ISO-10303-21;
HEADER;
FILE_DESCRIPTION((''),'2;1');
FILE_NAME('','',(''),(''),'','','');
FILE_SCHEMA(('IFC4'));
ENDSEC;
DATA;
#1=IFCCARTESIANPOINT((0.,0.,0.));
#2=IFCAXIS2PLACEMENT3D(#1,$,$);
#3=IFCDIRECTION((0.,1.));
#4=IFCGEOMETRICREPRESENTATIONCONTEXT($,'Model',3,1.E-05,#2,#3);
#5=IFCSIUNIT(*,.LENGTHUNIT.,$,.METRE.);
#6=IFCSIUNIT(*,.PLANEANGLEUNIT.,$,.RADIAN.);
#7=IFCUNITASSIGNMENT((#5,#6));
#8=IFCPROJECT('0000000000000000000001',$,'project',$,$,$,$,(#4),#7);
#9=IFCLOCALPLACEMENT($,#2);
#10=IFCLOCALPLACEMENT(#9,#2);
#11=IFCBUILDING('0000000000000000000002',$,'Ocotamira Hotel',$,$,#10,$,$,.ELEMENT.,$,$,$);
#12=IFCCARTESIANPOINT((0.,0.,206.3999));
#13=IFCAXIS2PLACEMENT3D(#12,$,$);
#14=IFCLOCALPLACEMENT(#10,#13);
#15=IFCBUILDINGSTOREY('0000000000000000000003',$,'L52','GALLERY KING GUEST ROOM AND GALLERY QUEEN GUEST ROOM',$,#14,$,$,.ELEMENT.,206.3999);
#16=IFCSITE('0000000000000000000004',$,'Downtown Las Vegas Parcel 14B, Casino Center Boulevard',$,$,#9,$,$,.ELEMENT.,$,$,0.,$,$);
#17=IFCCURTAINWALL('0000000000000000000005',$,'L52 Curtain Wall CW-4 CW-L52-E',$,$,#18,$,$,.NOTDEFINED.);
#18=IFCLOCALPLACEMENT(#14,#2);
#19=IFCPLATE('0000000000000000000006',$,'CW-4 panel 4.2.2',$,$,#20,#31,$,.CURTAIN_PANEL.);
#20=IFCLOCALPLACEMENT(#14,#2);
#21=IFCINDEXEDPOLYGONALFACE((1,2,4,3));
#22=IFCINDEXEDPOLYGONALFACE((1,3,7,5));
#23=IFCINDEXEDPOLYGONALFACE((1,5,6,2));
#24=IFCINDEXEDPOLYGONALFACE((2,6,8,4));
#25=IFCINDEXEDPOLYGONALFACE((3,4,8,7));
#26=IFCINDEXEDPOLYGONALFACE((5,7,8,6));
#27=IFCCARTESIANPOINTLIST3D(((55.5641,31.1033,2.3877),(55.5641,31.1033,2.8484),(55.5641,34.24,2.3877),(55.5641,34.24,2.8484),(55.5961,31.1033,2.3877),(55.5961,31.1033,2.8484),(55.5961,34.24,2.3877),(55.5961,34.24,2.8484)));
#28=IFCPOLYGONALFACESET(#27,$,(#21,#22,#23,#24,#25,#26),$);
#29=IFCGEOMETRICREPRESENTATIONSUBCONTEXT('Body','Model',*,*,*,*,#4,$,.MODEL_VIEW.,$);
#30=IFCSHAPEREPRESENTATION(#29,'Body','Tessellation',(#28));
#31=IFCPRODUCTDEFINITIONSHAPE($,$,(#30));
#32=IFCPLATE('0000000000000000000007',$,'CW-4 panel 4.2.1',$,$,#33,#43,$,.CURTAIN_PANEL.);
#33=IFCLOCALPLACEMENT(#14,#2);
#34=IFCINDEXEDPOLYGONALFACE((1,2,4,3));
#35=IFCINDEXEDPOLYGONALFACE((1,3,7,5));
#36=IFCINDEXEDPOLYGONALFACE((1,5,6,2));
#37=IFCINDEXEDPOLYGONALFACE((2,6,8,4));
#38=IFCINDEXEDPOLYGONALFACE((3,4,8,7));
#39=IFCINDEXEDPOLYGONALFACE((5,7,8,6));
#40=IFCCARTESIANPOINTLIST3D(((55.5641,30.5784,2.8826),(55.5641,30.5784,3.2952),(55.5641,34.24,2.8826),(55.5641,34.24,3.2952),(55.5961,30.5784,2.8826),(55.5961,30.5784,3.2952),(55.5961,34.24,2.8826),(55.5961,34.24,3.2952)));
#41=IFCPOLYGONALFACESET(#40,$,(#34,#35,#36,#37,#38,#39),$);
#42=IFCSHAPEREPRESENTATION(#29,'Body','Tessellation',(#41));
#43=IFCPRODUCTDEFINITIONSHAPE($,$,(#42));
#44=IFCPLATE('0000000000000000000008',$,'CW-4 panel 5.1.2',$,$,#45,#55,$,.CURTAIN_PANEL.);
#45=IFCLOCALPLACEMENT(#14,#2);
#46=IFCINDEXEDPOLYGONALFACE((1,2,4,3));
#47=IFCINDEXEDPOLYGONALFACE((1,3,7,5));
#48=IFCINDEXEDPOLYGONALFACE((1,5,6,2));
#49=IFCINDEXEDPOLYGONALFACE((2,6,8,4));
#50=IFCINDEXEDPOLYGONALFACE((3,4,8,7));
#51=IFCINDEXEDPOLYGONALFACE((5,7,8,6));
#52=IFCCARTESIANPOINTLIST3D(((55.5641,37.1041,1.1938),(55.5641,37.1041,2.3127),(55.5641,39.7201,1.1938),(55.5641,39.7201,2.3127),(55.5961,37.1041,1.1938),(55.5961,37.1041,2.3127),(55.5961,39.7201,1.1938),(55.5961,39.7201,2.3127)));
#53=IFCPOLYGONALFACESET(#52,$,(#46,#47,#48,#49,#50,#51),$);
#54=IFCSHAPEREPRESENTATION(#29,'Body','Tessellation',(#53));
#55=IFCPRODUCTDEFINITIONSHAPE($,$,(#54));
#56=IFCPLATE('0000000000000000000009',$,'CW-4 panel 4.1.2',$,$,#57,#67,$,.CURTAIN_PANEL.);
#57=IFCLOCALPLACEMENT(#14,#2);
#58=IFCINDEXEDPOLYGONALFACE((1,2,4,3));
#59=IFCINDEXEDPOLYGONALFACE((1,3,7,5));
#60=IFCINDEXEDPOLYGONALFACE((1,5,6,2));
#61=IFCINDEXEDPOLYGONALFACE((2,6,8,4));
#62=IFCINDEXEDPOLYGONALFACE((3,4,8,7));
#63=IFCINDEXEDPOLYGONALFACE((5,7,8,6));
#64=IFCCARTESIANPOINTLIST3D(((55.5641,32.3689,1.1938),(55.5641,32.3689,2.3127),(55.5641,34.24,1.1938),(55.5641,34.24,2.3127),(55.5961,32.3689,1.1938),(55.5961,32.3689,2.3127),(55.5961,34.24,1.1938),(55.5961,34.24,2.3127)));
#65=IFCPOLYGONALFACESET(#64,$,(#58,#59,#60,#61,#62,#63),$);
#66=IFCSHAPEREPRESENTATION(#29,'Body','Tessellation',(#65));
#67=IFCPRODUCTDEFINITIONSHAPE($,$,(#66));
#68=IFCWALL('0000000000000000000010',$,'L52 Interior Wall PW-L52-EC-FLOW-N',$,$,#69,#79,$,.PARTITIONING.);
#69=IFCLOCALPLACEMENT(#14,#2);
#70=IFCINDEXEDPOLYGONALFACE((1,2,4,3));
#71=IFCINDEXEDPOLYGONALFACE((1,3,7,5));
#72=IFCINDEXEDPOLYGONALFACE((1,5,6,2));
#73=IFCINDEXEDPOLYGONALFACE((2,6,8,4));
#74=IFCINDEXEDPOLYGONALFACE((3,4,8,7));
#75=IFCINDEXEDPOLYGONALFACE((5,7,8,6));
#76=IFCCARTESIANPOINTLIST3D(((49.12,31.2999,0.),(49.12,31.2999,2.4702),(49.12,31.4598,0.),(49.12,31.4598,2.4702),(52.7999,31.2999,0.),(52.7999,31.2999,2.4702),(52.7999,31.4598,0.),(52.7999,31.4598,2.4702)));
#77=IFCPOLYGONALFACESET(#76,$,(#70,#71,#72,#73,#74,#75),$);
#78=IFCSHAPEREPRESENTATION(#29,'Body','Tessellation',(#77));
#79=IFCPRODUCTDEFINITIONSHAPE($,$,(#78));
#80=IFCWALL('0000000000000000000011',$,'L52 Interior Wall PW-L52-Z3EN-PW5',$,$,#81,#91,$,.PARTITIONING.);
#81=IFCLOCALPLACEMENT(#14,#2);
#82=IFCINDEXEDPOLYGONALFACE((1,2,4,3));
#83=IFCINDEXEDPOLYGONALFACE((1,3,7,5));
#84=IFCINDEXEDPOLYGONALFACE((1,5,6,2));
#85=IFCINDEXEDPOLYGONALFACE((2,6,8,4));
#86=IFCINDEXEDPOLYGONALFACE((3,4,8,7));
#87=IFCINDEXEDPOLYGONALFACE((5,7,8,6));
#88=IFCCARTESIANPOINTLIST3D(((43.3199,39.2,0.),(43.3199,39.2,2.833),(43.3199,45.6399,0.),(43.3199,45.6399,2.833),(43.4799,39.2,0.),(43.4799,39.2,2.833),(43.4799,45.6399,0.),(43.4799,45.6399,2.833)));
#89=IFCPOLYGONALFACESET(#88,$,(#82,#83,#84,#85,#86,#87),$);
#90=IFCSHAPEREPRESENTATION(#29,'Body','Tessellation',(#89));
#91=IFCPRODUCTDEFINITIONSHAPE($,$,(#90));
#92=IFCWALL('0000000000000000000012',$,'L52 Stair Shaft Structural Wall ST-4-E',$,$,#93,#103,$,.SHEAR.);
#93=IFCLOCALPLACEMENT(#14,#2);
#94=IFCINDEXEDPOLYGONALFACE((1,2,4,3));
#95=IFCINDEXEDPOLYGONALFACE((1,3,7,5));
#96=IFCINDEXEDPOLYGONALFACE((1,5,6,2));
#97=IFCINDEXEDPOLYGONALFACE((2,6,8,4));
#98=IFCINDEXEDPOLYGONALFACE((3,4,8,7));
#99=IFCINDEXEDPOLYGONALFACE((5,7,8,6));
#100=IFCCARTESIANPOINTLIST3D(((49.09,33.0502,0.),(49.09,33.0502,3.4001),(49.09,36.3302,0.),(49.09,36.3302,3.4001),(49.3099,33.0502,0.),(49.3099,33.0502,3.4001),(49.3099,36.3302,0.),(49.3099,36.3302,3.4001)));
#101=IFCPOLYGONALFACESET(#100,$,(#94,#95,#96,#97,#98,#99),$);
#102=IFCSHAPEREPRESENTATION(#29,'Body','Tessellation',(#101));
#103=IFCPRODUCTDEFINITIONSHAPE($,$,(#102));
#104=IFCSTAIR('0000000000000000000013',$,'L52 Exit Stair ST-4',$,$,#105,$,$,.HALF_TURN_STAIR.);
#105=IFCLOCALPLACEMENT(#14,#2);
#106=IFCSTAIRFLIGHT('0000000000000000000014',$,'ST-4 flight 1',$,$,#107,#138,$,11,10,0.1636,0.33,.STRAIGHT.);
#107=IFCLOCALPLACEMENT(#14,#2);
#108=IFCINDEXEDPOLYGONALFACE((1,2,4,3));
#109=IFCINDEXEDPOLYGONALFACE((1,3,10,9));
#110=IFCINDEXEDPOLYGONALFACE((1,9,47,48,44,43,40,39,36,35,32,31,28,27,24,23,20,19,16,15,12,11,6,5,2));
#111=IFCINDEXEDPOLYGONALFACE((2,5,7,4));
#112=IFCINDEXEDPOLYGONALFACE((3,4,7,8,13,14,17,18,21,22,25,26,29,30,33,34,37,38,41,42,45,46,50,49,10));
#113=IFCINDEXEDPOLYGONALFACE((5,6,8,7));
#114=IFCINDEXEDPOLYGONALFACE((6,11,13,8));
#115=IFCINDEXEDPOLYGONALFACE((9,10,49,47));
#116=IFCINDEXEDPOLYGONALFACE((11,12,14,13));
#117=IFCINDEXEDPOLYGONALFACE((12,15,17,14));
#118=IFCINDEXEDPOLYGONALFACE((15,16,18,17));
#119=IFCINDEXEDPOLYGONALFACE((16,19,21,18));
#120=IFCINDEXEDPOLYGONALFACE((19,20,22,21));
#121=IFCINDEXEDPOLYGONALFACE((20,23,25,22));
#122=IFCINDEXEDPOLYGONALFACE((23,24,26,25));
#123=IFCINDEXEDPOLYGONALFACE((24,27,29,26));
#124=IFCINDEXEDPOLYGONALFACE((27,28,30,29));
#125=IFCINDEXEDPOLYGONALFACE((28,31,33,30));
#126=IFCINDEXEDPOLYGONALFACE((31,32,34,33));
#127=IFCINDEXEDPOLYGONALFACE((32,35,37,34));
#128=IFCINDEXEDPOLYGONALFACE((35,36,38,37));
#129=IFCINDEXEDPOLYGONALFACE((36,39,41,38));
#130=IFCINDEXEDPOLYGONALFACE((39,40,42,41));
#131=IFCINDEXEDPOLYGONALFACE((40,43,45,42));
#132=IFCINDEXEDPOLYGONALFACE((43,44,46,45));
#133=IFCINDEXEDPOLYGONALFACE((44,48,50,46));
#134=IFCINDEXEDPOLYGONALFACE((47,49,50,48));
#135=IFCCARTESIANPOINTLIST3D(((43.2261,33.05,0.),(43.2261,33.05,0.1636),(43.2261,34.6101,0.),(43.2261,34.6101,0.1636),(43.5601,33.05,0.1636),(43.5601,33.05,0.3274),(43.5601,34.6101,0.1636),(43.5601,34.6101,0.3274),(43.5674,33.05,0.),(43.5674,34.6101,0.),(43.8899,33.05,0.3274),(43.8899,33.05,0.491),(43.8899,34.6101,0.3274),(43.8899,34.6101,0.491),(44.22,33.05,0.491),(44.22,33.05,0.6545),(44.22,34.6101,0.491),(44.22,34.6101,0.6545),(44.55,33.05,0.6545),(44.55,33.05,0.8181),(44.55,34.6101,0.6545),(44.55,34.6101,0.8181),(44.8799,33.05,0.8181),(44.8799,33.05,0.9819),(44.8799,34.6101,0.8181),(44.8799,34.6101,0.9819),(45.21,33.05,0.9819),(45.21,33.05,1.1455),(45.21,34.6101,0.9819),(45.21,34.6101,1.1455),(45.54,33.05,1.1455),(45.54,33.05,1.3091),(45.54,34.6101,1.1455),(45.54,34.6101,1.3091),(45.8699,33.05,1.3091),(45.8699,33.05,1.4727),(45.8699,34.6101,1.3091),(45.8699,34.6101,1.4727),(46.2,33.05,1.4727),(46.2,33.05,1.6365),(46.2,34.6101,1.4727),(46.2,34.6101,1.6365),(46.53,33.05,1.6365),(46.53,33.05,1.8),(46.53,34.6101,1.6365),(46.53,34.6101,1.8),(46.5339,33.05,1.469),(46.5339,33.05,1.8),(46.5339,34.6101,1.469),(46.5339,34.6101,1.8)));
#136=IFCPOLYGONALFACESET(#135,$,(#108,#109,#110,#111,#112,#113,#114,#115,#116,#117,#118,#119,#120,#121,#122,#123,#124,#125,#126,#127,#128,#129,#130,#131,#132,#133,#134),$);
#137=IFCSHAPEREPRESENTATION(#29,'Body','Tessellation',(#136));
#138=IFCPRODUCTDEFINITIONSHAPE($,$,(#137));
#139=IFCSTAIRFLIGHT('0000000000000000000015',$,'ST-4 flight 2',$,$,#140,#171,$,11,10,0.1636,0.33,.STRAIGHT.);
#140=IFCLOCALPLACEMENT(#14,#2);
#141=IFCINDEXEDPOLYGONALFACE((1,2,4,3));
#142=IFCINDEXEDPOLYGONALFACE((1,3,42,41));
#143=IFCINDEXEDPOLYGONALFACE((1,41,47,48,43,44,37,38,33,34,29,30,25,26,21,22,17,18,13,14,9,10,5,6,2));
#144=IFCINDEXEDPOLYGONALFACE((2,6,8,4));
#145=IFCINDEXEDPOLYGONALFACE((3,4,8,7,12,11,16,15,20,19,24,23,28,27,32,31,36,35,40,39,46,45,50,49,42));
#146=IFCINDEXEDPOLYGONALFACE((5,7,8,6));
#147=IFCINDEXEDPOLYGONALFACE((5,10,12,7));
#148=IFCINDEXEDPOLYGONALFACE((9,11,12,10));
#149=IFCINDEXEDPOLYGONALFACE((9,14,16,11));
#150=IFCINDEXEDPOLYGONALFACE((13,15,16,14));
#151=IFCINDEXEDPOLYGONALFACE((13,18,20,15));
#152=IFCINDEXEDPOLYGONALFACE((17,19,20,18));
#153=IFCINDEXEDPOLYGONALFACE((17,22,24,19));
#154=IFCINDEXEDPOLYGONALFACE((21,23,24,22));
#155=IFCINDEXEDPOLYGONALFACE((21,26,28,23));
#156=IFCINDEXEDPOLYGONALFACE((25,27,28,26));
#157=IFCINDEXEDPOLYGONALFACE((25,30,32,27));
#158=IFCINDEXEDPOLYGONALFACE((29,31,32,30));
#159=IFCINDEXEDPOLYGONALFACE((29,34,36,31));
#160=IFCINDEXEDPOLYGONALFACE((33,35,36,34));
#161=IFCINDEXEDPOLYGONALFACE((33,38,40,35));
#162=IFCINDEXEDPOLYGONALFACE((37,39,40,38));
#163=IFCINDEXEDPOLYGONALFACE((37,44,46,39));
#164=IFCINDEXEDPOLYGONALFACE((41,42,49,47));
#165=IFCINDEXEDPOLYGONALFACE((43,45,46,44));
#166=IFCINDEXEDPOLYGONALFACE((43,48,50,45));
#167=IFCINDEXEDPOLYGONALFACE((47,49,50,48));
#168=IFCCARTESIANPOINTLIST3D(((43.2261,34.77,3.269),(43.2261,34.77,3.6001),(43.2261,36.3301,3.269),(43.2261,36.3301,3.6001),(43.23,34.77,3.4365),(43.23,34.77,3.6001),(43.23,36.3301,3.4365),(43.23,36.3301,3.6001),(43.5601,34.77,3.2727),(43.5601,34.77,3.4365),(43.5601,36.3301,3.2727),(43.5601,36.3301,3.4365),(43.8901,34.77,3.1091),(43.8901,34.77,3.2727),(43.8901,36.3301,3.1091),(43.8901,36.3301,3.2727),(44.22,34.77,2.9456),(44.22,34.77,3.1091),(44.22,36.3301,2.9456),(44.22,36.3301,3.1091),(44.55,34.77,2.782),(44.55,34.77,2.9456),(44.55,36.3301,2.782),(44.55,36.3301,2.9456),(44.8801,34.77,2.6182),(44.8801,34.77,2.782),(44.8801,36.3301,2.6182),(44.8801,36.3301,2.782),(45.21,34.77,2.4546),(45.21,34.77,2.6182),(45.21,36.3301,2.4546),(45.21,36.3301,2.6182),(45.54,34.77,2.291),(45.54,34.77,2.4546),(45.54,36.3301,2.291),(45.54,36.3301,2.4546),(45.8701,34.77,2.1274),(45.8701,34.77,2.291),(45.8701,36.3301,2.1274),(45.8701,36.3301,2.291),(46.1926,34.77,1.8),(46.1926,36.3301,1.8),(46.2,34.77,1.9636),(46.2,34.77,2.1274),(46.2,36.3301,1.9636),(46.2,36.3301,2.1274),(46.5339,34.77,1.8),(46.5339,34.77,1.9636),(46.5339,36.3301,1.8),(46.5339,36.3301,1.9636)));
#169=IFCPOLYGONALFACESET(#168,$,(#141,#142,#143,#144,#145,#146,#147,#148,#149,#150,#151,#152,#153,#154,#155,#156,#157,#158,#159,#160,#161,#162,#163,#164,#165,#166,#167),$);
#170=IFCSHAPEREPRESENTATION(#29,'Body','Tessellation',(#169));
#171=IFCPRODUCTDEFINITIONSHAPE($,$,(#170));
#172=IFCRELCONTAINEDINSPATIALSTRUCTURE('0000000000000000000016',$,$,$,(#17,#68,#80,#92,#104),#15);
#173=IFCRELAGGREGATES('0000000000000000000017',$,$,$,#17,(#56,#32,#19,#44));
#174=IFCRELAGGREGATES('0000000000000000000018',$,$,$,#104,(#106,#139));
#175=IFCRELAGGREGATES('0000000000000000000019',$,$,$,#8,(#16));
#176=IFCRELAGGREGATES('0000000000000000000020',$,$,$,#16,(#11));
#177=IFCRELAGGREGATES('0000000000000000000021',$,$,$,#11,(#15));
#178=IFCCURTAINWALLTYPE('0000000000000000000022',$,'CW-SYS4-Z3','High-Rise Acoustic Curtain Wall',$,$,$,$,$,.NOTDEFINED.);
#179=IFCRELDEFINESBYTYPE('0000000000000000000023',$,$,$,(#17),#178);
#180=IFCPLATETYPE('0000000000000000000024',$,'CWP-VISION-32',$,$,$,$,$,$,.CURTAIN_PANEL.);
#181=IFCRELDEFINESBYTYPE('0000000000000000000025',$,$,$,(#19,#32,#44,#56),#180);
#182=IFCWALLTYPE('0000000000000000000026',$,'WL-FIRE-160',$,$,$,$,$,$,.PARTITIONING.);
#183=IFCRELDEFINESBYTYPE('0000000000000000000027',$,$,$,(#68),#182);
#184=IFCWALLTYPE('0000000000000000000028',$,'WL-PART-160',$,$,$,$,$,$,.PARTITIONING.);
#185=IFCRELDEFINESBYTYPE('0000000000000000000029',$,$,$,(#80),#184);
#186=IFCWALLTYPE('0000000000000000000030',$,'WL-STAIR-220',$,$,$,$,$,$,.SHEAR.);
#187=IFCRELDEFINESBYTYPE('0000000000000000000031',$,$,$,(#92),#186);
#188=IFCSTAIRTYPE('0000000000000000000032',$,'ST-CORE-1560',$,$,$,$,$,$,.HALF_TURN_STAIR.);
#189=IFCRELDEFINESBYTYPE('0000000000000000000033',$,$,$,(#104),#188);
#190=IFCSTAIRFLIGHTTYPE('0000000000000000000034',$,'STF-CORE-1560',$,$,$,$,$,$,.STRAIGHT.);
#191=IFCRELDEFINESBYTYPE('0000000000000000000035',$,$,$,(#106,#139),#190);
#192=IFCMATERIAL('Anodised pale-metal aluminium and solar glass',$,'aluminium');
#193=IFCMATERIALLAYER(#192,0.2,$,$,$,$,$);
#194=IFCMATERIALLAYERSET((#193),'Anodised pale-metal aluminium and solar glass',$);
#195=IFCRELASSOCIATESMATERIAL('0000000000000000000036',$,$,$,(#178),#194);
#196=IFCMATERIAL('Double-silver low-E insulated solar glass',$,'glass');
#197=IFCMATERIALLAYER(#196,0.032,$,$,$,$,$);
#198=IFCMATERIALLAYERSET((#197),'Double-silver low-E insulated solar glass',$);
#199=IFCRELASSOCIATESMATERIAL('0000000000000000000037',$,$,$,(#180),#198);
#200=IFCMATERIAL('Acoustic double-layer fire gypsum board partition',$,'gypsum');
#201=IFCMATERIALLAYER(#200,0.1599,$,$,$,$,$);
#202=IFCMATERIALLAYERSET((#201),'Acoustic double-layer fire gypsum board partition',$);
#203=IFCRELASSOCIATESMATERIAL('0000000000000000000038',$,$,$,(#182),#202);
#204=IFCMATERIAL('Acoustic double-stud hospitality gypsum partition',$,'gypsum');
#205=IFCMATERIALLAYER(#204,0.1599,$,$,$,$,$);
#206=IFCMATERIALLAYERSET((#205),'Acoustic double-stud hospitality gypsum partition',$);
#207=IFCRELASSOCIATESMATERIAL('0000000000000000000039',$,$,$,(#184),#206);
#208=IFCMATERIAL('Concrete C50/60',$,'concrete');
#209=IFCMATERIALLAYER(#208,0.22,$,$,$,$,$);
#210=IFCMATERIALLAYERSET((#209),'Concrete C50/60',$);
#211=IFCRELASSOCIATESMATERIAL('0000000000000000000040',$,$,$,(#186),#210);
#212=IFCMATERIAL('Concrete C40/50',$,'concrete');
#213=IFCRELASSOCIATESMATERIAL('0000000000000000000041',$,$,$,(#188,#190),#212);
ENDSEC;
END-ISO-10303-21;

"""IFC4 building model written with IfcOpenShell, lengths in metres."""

from ifc_helpers import new_model, si_unit, direction, frame, frame_2d, origin, origin_2d, place, context, subcontext, project, spatial, polyline, rectangle, outline, extrude, source, transform, mapped, material, layer, layer_set, type_object, element, aggregate, save


model = new_model("IFC4")

# Units and contexts
model_context = context("Model", 3, precision=1e-05, world=origin(), true_north=direction((0.0, 1.0)))
body_context = subcontext(model_context, "Body", "Model", "MODEL_VIEW")
ifc_project = project(units=[si_unit("LENGTHUNIT", "METRE"), si_unit("PLANEANGLEUNIT", "RADIAN")], contexts=[model_context])

# Site, building, storey
site_placement = place(None, origin())
site = spatial("IfcSite", under=ifc_project, at=site_placement, Name="Downtown Las Vegas Parcel 14B, Casino Center Boulevard", CompositionType="ELEMENT", RefElevation=0.0)
building_placement = place(site_placement, origin())
building = spatial("IfcBuilding", under=site, at=building_placement, Name="Ocotamira Hotel", CompositionType="ELEMENT")
storey_placement = place(building_placement, frame((0.0, 0.0, 206.3999)))
storey = spatial("IfcBuildingStorey", under=building, at=storey_placement, Name="L52", Description="GALLERY KING GUEST ROOM AND GALLERY QUEEN GUEST ROOM", CompositionType="ELEMENT", Elevation=206.3999)

# Curtain wall
ifc_material_1 = material(Name="Anodised pale-metal aluminium and solar glass", Category="aluminium")
ifc_layer_1 = layer(ifc_material_1, 0.2)
ifc_layer_set_1 = layer_set([ifc_layer_1], Name="Anodised pale-metal aluminium and solar glass")
curtain_wall_type = type_object("IfcCurtainWallType", Name="CW-SYS4-Z3", Description="High-Rise Acoustic Curtain Wall", PredefinedType="NOTDEFINED", material=ifc_layer_set_1)
curtain_wall_placement = place(storey_placement, origin())
curtain_wall = element("IfcCurtainWall", 1, at=curtain_wall_placement, inside=storey, type_object=curtain_wall_type, Name="L52 Curtain Wall CW-4 CW-L52-E", PredefinedType="NOTDEFINED")

# Plates
ifc_material_2 = material(Name="Double-silver low-E insulated solar glass", Category="glass")
ifc_layer_2 = layer(ifc_material_2, 0.032)
ifc_layer_set_2 = layer_set([ifc_layer_2], Name="Double-silver low-E insulated solar glass")
plate_type_1 = type_object("IfcPlateType", Name="CWP-VISION-32", PredefinedType="CURTAIN_PANEL", material=ifc_layer_set_2)
shared_shape_1 = source(origin(), body_context, "Body", "SweptSolid", [
    extrude(rectangle(XDim=3.1367, YDim=0.032, at=origin_2d()), origin(), (0.0, 0.0, 1.0), 0.4607),
])
plate_1_placement = place(storey_placement, frame((55.5801, 32.6716, 2.3877), z_axis=(0.0, 0.0, 1.0), x_axis=(0.0, 1.0, 0.0)))
plate_1 = element("IfcPlate", 2, at=plate_1_placement, type_object=plate_type_1, Name="CW-4 panel 4.2.2", PredefinedType="CURTAIN_PANEL", context=body_context, shape_type="MappedRepresentation", body=[
    mapped(shared_shape_1, transform((0.0, 0.0, 0.0), scale=1.0)),
])
shared_shape_2 = source(origin(), body_context, "Body", "SweptSolid", [
    extrude(rectangle(XDim=3.6616, YDim=0.032, at=origin_2d()), origin(), (0.0, 0.0, 1.0), 0.4126),
])
plate_2_placement = place(storey_placement, frame((55.5801, 32.4092, 2.8826), z_axis=(0.0, 0.0, 1.0), x_axis=(0.0, 1.0, 0.0)))
plate_2 = element("IfcPlate", 3, at=plate_2_placement, type_object=plate_type_1, Name="CW-4 panel 4.2.1", PredefinedType="CURTAIN_PANEL", context=body_context, shape_type="MappedRepresentation", body=[
    mapped(shared_shape_2, transform((0.0, 0.0, 0.0), scale=1.0)),
])
shared_shape_3 = source(origin(), body_context, "Body", "SweptSolid", [
    extrude(rectangle(XDim=2.616, YDim=0.032, at=origin_2d()), origin(), (0.0, 0.0, 1.0), 1.1189),
])
plate_3_placement = place(storey_placement, frame((55.5801, 38.4121, 1.1938), z_axis=(0.0, 0.0, 1.0), x_axis=(0.0, 1.0, 0.0)))
plate_3 = element("IfcPlate", 4, at=plate_3_placement, type_object=plate_type_1, Name="CW-4 panel 5.1.2", PredefinedType="CURTAIN_PANEL", context=body_context, shape_type="MappedRepresentation", body=[
    mapped(shared_shape_3, transform((0.0, 0.0, 0.0), scale=1.0)),
])
shared_shape_4 = source(origin(), body_context, "Body", "SweptSolid", [
    extrude(rectangle(XDim=1.8711, YDim=0.032, at=origin_2d()), origin(), (0.0, 0.0, 1.0), 1.1189),
])
plate_4_placement = place(storey_placement, frame((55.5801, 33.3044, 1.1938), z_axis=(0.0, 0.0, 1.0), x_axis=(0.0, 1.0, 0.0)))
plate_4 = element("IfcPlate", 5, at=plate_4_placement, type_object=plate_type_1, Name="CW-4 panel 4.1.2", PredefinedType="CURTAIN_PANEL", context=body_context, shape_type="MappedRepresentation", body=[
    mapped(shared_shape_4, transform((0.0, 0.0, 0.0), scale=1.0)),
])
aggregate(curtain_wall, [plate_4, plate_2, plate_1, plate_3])

# Wall
ifc_material_3 = material(Name="Acoustic double-layer fire gypsum board partition", Category="gypsum")
ifc_layer_3 = layer(ifc_material_3, 0.1599)
ifc_layer_set_3 = layer_set([ifc_layer_3], Name="Acoustic double-layer fire gypsum board partition")
wall_type_1 = type_object("IfcWallType", Name="WL-FIRE-160", PredefinedType="PARTITIONING", material=ifc_layer_set_3)
wall_1_placement = place(storey_placement, frame((49.1201, 31.3799, 0.0), z_axis=(0.0, 0.0, 1.0), x_axis=(1.0, 0.0, 0.0)))
element("IfcWall", 6, at=wall_1_placement, inside=storey, type_object=wall_type_1, Name="L52 Interior Wall PW-L52-EC-FLOW-N", PredefinedType="PARTITIONING", context=body_context, shape_type="SweptSolid", body=[
    extrude(rectangle(XDim=3.6799, YDim=0.1599, at=frame_2d((1.8398, 0.0))), origin(), (0.0, 0.0, 1.0), 2.4702),
])

# Walls
ifc_material_4 = material(Name="Acoustic double-stud hospitality gypsum partition", Category="gypsum")
ifc_layer_4 = layer(ifc_material_4, 0.1599)
ifc_layer_set_4 = layer_set([ifc_layer_4], Name="Acoustic double-stud hospitality gypsum partition")
wall_type_2 = type_object("IfcWallType", Name="WL-PART-160", PredefinedType="PARTITIONING", material=ifc_layer_set_4)
wall_2_placement = place(storey_placement, frame((43.3999, 39.2, 0.0), z_axis=(0.0, 0.0, 1.0), x_axis=(0.0, 1.0, 0.0)))
element("IfcWall", 7, at=wall_2_placement, inside=storey, type_object=wall_type_2, Name="L52 Interior Wall PW-L52-Z3EN-PW5", PredefinedType="PARTITIONING", context=body_context, shape_type="SweptSolid", body=[
    extrude(rectangle(XDim=6.4399, YDim=0.1599, at=frame_2d((3.22, 0.0))), origin(), (0.0, 0.0, 1.0), 2.833),
])
ifc_material_5 = material(Name="Concrete C50/60", Category="concrete")
ifc_layer_5 = layer(ifc_material_5, 0.22)
ifc_layer_set_5 = layer_set([ifc_layer_5], Name="Concrete C50/60")
wall_type_3 = type_object("IfcWallType", Name="WL-STAIR-220", PredefinedType="SHEAR", material=ifc_layer_set_5)
wall_3_placement = place(storey_placement, frame((49.2, 33.05, 0.0), z_axis=(0.0, 0.0, 1.0), x_axis=(0.0, 1.0, 0.0)))
element("IfcWall", 8, at=wall_3_placement, inside=storey, type_object=wall_type_3, Name="L52 Stair Shaft Structural Wall ST-4-E", PredefinedType="SHEAR", context=body_context, shape_type="SweptSolid", body=[
    extrude(rectangle(XDim=3.28, YDim=0.22, at=frame_2d((1.6401, 0.0))), origin(), (0.0, 0.0, 1.0), 3.4001),
])

# Stair, stair flights
ifc_material_6 = material(Name="Concrete C40/50", Category="concrete")
stair_type = type_object("IfcStairType", Name="ST-CORE-1560", PredefinedType="HALF_TURN_STAIR", material=ifc_material_6)
stair_placement = place(storey_placement, origin())
stair = element("IfcStair", 9, at=stair_placement, inside=storey, type_object=stair_type, Name="L52 Exit Stair ST-4", PredefinedType="HALF_TURN_STAIR")
stair_flight_type = type_object("IfcStairFlightType", Name="STF-CORE-1560", PredefinedType="STRAIGHT", material=ifc_material_6)
shared_shape_5 = source(origin(), body_context, "Body", "SweptSolid", [
    extrude(outline(polyline([(-0.0039, 0.0), (-0.0039, 0.1636), (0.3301, 0.1636), (0.3301, 0.3274), (0.6599, 0.3274), (0.6599, 0.491), (0.99, 0.491), (0.99, 0.6545), (1.3201, 0.6545), (1.3201, 0.8181), (1.6499, 0.8181), (1.6499, 0.9819), (1.98, 0.9819), (1.98, 1.1455), (2.3101, 1.1455), (2.3101, 1.3091), (2.6399, 1.3091), (2.6399, 1.4727), (2.97, 1.4727), (2.97, 1.6365), (3.3, 1.6365), (3.3, 1.8), (3.304, 1.8), (3.304, 1.469), (0.3374, 0.0), (-0.0039, 0.0)])), frame((0.0, 0.78, 0.0), z_axis=(0.0, -1.0, 0.0), x_axis=(1.0, 0.0, 0.0)), (0.0, 0.0, 1.0), 1.5601),
])
stair_flight_1_placement = place(storey_placement, frame((43.23, 33.8301, 0.0), z_axis=(0.0, 0.0, 1.0), x_axis=(1.0, 0.0, 0.0)))
stair_flight_1 = element("IfcStairFlight", 10, at=stair_flight_1_placement, type_object=stair_flight_type, Name="ST-4 flight 1", NumberOfRisers=11, NumberOfTreads=10, PredefinedType="STRAIGHT", RiserHeight=0.1636, TreadLength=0.33, context=body_context, shape_type="MappedRepresentation", body=[
    mapped(shared_shape_5, transform((0.0, 0.0, 0.0), scale=1.0)),
])
stair_flight_2_placement = place(storey_placement, frame((46.53, 35.55, 1.8), z_axis=(0.0, 0.0, 1.0), x_axis=(-1.0, 0.0, 0.0)))
stair_flight_2 = element("IfcStairFlight", 11, at=stair_flight_2_placement, type_object=stair_flight_type, Name="ST-4 flight 2", NumberOfRisers=11, NumberOfTreads=10, PredefinedType="STRAIGHT", RiserHeight=0.1636, TreadLength=0.33, context=body_context, shape_type="MappedRepresentation", body=[
    mapped(shared_shape_5, transform((0.0, 0.0, 0.0), scale=1.0)),
])
aggregate(stair, [stair_flight_1, stair_flight_2])

save(model, "model.ifc")
